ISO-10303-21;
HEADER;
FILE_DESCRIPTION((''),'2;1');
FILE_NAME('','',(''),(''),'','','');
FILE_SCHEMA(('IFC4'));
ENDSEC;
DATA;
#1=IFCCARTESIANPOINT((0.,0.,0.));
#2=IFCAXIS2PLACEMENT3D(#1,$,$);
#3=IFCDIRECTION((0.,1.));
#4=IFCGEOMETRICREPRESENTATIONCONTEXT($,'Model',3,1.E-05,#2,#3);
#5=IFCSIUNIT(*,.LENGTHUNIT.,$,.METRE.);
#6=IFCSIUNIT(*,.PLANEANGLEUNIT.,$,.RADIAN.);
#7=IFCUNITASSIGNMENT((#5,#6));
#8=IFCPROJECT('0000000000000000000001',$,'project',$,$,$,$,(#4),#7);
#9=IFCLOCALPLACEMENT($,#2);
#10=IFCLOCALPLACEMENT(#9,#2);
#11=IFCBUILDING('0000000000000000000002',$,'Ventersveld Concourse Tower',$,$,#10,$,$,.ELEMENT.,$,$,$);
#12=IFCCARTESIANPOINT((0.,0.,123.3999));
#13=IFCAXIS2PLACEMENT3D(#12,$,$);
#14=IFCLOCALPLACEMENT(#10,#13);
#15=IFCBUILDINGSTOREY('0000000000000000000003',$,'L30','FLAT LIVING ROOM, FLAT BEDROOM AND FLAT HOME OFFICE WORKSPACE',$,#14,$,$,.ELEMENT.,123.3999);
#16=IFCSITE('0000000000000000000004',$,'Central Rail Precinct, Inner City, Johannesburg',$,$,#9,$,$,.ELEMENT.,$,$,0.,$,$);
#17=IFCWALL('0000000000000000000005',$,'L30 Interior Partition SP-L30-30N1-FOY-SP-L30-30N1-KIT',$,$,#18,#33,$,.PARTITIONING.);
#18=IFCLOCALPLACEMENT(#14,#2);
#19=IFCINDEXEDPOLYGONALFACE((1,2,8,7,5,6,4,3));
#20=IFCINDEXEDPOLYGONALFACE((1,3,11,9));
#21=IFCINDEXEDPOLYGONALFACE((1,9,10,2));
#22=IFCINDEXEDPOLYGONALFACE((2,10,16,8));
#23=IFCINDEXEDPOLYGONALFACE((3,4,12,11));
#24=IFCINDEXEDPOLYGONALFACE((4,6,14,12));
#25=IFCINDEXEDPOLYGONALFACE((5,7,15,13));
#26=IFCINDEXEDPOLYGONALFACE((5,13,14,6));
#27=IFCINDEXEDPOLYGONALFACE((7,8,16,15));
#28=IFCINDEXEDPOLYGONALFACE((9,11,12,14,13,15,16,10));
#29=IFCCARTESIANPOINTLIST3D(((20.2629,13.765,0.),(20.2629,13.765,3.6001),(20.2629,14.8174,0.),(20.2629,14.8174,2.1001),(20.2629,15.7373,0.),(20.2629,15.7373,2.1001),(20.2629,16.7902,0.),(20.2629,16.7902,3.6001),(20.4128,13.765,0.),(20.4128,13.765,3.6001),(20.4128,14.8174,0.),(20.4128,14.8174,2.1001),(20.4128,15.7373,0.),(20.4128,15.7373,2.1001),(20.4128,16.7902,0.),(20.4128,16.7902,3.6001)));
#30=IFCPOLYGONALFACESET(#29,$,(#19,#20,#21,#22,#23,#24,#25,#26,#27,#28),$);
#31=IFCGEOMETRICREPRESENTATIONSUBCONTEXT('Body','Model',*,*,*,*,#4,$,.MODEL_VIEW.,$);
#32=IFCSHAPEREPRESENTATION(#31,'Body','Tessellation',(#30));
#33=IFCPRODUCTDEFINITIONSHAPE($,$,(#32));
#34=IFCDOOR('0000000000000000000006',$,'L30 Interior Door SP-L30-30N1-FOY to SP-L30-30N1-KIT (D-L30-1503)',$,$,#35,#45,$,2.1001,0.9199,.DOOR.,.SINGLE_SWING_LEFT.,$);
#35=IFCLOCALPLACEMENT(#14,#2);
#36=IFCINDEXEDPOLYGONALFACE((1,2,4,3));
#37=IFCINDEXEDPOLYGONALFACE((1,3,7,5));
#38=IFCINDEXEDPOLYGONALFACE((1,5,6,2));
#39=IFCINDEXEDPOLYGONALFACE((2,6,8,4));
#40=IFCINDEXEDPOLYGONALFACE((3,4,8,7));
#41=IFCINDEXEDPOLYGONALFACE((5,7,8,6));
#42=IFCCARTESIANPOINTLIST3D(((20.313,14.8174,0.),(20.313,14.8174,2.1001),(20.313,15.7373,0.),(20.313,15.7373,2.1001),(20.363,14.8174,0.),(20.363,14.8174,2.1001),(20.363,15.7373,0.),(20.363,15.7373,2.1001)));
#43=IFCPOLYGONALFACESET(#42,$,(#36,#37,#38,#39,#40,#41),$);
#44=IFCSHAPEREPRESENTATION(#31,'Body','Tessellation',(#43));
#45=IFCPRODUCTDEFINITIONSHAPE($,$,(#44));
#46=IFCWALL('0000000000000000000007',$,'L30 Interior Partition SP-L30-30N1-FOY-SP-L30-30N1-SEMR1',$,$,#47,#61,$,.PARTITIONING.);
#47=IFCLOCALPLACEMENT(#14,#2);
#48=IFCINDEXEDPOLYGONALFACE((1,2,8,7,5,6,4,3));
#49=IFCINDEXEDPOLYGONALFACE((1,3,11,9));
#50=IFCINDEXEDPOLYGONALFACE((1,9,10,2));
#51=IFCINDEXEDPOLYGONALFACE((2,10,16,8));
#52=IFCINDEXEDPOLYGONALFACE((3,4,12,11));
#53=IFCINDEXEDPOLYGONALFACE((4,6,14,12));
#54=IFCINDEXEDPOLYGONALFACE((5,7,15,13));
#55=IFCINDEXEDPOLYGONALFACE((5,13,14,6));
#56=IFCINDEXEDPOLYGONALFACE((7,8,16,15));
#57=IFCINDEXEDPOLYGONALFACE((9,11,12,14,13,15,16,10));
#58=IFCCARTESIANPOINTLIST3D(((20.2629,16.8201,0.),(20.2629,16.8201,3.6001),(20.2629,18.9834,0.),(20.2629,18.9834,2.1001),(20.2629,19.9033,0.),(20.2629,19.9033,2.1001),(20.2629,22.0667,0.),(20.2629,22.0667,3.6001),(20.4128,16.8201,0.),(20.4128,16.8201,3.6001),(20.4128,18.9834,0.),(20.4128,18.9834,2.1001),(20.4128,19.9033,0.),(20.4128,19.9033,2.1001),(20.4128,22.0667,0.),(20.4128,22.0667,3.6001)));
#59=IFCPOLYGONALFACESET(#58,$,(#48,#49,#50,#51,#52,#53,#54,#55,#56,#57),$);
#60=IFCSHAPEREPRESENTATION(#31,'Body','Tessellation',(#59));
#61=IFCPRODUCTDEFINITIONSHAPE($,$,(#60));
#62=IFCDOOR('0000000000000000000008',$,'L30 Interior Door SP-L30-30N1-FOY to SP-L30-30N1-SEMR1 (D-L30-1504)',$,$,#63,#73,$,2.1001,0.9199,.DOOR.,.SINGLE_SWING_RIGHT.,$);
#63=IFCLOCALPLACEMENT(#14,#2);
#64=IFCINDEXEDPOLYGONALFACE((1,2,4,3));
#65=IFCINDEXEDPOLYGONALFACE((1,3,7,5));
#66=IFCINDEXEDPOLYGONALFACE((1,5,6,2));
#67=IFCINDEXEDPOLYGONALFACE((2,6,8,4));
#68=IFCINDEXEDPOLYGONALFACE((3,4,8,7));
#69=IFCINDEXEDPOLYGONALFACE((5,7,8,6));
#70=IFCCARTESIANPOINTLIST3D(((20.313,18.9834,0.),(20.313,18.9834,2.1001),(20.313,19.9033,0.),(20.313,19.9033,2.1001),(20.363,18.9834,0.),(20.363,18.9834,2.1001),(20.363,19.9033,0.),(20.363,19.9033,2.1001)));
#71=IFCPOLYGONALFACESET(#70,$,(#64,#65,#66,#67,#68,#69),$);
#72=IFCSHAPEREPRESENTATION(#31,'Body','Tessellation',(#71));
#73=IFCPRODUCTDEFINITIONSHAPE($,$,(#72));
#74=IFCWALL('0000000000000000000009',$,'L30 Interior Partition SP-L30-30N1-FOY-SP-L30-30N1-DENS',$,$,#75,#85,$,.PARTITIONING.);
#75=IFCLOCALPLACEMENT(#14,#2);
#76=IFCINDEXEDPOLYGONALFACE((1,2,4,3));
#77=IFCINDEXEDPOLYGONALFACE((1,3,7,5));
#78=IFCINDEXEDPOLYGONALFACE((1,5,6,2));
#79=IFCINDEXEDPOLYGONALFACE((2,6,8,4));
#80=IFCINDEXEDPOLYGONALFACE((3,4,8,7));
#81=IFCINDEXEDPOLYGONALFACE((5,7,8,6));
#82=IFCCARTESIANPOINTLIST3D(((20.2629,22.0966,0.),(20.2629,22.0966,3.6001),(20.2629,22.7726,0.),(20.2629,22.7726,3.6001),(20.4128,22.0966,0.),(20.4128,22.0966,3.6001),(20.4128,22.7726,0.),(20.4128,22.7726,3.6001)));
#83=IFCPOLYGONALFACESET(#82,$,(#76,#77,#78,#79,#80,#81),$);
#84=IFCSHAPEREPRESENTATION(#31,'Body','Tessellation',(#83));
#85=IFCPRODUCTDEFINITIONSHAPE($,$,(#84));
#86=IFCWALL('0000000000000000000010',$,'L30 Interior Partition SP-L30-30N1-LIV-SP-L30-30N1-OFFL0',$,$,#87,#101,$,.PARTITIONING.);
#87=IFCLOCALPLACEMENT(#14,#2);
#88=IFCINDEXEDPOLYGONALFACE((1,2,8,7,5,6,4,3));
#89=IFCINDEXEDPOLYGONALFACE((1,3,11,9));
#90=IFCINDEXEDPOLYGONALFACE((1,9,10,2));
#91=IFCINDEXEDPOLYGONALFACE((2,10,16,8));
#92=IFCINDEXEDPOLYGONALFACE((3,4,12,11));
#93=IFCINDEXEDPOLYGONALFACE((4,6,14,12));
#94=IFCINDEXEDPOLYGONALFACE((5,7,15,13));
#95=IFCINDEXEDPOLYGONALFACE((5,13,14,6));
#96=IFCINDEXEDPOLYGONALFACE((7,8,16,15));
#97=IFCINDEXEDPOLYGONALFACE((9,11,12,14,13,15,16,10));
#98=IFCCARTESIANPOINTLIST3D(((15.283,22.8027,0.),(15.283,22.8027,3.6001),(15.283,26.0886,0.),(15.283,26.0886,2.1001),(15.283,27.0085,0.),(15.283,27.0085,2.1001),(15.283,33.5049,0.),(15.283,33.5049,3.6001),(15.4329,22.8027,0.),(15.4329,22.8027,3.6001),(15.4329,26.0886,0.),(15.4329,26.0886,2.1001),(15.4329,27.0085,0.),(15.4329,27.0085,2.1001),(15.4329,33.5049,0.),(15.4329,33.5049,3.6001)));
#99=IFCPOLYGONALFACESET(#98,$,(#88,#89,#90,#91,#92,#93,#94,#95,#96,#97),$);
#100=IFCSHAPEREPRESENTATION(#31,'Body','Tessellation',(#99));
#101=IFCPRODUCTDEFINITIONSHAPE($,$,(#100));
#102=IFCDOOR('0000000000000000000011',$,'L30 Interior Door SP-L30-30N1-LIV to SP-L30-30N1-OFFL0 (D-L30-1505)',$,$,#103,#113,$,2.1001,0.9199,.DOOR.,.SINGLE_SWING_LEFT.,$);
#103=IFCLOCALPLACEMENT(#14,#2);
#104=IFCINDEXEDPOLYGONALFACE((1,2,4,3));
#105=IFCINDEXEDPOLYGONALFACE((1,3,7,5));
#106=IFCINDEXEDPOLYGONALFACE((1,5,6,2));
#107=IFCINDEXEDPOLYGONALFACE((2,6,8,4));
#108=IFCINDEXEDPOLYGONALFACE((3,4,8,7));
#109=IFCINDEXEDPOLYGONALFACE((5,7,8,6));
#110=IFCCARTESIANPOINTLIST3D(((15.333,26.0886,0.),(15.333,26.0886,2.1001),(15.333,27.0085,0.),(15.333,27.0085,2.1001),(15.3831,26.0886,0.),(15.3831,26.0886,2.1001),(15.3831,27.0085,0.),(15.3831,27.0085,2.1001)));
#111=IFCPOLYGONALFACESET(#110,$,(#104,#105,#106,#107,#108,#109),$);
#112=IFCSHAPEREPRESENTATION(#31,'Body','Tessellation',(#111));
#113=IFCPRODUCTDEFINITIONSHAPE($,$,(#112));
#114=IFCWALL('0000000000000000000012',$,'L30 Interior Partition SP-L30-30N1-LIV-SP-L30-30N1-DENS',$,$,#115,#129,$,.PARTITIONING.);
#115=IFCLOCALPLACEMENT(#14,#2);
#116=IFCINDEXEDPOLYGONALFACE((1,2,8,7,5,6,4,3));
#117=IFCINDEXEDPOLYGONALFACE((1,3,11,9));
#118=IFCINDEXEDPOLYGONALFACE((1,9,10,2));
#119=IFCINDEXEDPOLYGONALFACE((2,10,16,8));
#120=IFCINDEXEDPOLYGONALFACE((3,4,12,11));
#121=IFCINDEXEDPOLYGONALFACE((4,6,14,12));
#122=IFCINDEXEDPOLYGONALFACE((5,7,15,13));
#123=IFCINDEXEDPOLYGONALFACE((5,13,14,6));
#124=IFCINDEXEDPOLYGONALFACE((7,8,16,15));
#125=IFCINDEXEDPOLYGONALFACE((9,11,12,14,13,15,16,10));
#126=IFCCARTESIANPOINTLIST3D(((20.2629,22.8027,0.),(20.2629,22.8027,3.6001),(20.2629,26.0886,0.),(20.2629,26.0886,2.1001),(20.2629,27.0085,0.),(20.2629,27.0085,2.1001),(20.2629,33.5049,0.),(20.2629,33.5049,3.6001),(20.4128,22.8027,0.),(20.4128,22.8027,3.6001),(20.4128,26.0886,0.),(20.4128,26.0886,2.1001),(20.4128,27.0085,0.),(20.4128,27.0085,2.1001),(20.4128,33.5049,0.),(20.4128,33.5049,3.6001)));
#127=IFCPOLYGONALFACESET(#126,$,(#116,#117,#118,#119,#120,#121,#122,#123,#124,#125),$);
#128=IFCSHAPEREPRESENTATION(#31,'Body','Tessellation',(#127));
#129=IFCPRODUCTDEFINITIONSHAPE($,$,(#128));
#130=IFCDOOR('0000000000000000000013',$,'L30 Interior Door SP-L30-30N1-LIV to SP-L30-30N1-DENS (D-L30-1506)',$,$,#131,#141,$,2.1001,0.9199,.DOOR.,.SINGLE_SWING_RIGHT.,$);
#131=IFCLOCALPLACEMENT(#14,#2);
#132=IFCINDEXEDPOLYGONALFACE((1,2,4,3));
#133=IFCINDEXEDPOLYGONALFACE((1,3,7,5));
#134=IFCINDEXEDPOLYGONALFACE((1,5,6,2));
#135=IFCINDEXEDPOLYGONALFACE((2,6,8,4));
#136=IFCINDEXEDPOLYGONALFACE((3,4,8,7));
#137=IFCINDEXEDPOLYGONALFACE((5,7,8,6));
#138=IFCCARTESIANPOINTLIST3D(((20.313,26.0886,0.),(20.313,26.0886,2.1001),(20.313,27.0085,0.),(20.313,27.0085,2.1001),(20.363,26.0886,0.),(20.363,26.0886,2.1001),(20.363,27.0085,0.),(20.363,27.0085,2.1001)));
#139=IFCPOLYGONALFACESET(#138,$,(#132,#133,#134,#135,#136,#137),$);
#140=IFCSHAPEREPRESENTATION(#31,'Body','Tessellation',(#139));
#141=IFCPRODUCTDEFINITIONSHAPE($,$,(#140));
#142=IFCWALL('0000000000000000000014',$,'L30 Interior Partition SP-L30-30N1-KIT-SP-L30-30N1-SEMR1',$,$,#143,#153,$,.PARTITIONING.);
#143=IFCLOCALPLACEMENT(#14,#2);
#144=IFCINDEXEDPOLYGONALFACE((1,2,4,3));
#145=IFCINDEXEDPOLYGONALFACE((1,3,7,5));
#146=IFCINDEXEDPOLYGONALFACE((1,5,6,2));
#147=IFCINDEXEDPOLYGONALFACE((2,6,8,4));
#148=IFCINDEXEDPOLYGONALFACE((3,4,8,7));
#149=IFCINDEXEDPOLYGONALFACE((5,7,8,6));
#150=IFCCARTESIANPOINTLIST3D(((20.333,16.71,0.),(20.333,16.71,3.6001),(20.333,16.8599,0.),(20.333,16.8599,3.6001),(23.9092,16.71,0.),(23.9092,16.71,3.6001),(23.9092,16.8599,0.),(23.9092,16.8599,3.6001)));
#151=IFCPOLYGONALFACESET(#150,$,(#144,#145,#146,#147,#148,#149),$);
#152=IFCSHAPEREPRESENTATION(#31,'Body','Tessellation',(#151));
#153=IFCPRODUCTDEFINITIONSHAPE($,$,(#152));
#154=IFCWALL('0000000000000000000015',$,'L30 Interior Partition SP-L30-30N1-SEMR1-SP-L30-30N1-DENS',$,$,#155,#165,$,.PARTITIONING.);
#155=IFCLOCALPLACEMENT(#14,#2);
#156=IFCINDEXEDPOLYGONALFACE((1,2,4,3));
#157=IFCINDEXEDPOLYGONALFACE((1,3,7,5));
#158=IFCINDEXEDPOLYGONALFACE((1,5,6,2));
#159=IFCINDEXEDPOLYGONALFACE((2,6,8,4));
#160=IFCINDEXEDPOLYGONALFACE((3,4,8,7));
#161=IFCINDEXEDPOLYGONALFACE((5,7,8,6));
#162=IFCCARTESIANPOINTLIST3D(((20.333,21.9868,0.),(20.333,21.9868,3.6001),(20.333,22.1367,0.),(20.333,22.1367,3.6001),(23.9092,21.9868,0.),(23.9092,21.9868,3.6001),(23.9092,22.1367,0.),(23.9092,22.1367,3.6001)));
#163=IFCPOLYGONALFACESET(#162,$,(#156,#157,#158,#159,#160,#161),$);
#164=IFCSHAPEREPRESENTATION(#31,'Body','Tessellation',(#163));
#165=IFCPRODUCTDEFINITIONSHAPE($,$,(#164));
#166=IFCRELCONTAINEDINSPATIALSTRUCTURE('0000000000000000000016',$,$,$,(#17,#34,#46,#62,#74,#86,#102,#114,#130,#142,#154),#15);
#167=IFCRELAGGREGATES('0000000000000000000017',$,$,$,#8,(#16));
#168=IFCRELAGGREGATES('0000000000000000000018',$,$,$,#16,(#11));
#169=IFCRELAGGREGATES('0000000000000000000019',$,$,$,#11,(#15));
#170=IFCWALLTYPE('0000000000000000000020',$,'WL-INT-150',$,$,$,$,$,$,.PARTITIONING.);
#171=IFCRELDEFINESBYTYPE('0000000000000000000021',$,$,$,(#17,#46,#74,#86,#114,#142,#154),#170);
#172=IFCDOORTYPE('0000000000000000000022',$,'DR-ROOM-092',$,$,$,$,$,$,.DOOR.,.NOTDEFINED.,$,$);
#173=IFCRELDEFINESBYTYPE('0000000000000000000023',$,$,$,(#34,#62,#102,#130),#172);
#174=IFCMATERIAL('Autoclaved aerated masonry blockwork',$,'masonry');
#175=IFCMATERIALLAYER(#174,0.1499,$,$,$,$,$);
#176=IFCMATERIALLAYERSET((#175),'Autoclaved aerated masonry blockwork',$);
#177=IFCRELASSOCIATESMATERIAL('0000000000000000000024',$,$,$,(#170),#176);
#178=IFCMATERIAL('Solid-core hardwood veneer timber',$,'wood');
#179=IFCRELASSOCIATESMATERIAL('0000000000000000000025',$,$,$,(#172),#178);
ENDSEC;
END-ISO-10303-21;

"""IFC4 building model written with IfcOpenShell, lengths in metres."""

from ifc_helpers import new_model, si_unit, direction, frame, frame_2d, origin, place, context, subcontext, project, spatial, rectangle, extrude, material, layer, layer_set, type_object, element, fill, save


model = new_model("IFC4")

# Units and contexts
model_context = context("Model", 3, precision=1e-05, world=origin(), true_north=direction((0.0, 1.0)))
body_context = subcontext(model_context, "Body", "Model", "MODEL_VIEW")
ifc_project = project(units=[si_unit("LENGTHUNIT", "METRE"), si_unit("PLANEANGLEUNIT", "RADIAN")], contexts=[model_context])

# Site, building, storey
site_placement = place(None, origin())
site = spatial("IfcSite", under=ifc_project, at=site_placement, Name="Central Rail Precinct, Inner City, Johannesburg", CompositionType="ELEMENT", RefElevation=0.0)
building_placement = place(site_placement, origin())
building = spatial("IfcBuilding", under=site, at=building_placement, Name="Ventersveld Concourse Tower", CompositionType="ELEMENT")
storey_placement = place(building_placement, frame((0.0, 0.0, 123.3999)))
storey = spatial("IfcBuildingStorey", under=building, at=storey_placement, Name="L30", Description="FLAT LIVING ROOM, FLAT BEDROOM AND FLAT HOME OFFICE WORKSPACE", CompositionType="ELEMENT", Elevation=123.3999)

# Shared definitions
ifc_material_1 = material(Name="Solid-core hardwood veneer timber", Category="wood")

# Walls, openings, doors
ifc_material_2 = material(Name="Autoclaved aerated masonry blockwork", Category="masonry")
ifc_layer_1 = layer(ifc_material_2, 0.1499)
ifc_layer_set_1 = layer_set([ifc_layer_1], Name="Autoclaved aerated masonry blockwork")
wall_type_1 = type_object("IfcWallType", Name="WL-INT-150", PredefinedType="PARTITIONING", material=ifc_layer_set_1)
door_type_1 = type_object("IfcDoorType", Name="DR-ROOM-092", OperationType="NOTDEFINED", PredefinedType="DOOR", material=ifc_material_1)
wall_1_placement = place(storey_placement, frame((20.3379, 13.7649, 0.0), z_axis=(0.0, 0.0, 1.0), x_axis=(0.0, 1.0, 0.0)))
wall_1 = element("IfcWall", 1, at=wall_1_placement, inside=storey, type_object=wall_type_1, Name="L30 Interior Partition SP-L30-30N1-FOY-SP-L30-30N1-KIT", PredefinedType="PARTITIONING", context=body_context, shape_type="SweptSolid", body=[
    extrude(rectangle(XDim=3.0251, YDim=0.1499, at=frame_2d((1.5127, 0.0))), origin(), (0.0, 0.0, 1.0), 3.6001),
])
opening_1_placement = place(wall_1_placement, frame((1.0525, 0.0, 0.0)))
opening_1 = element("IfcOpeningElement", 2, at=opening_1_placement, cuts=wall_1, PredefinedType="OPENING", context=body_context, shape_type="SweptSolid", body=[
    extrude(rectangle(XDim=0.9199, YDim=2.1001, at=frame_2d((0.46, 1.05))), frame((0.0, 0.085, 0.0), z_axis=(0.0, -1.0, 0.0), x_axis=(1.0, 0.0, 0.0)), (0.0, 0.0, 1.0), 0.1699),
])
door_1_placement = place(opening_1_placement, origin())
door_1 = element("IfcDoor", 3, at=door_1_placement, inside=storey, type_object=door_type_1, Name="L30 Interior Door SP-L30-30N1-FOY to SP-L30-30N1-KIT (D-L30-1503)", OperationType="SINGLE_SWING_LEFT", OverallHeight=2.1001, OverallWidth=0.9199, PredefinedType="DOOR", context=body_context, shape_type="SweptSolid", body=[
    extrude(rectangle(XDim=0.9199, YDim=2.1001, at=frame_2d((0.46, 1.05))), frame((0.0, 0.0249, 0.0), z_axis=(0.0, -1.0, 0.0), x_axis=(1.0, 0.0, 0.0)), (0.0, 0.0, 1.0), 0.05),
])
fill(opening_1, door_1)
wall_2_placement = place(storey_placement, frame((20.3379, 16.8201, 0.0), z_axis=(0.0, 0.0, 1.0), x_axis=(0.0, 1.0, 0.0)))
wall_2 = element("IfcWall", 4, at=wall_2_placement, inside=storey, type_object=wall_type_1, Name="L30 Interior Partition SP-L30-30N1-FOY-SP-L30-30N1-SEMR1", PredefinedType="PARTITIONING", context=body_context, shape_type="SweptSolid", body=[
    extrude(rectangle(XDim=5.2466, YDim=0.1499, at=frame_2d((2.6233, 0.0))), origin(), (0.0, 0.0, 1.0), 3.6001),
])
opening_2_placement = place(wall_2_placement, frame((2.1633, 0.0, 0.0)))
opening_2 = element("IfcOpeningElement", 5, at=opening_2_placement, cuts=wall_2, PredefinedType="OPENING", context=body_context, shape_type="SweptSolid", body=[
    extrude(rectangle(XDim=0.9199, YDim=2.1001, at=frame_2d((0.46, 1.05))), frame((0.0, 0.085, 0.0), z_axis=(0.0, -1.0, 0.0), x_axis=(1.0, 0.0, 0.0)), (0.0, 0.0, 1.0), 0.1699),
])
door_2_placement = place(opening_2_placement, origin())
door_2 = element("IfcDoor", 6, at=door_2_placement, inside=storey, type_object=door_type_1, Name="L30 Interior Door SP-L30-30N1-FOY to SP-L30-30N1-SEMR1 (D-L30-1504)", OperationType="SINGLE_SWING_RIGHT", OverallHeight=2.1001, OverallWidth=0.9199, PredefinedType="DOOR", context=body_context, shape_type="SweptSolid", body=[
    extrude(rectangle(XDim=0.9199, YDim=2.1001, at=frame_2d((0.46, 1.05))), frame((0.0, 0.0249, 0.0), z_axis=(0.0, -1.0, 0.0), x_axis=(1.0, 0.0, 0.0)), (0.0, 0.0, 1.0), 0.05),
])
fill(opening_2, door_2)

# Wall
wall_3_placement = place(storey_placement, frame((20.3379, 22.0967, 0.0), z_axis=(0.0, 0.0, 1.0), x_axis=(0.0, 1.0, 0.0)))
element("IfcWall", 7, at=wall_3_placement, inside=storey, type_object=wall_type_1, Name="L30 Interior Partition SP-L30-30N1-FOY-SP-L30-30N1-DENS", PredefinedType="PARTITIONING", context=body_context, shape_type="SweptSolid", body=[
    extrude(rectangle(XDim=0.676, YDim=0.1499, at=frame_2d((0.3379, 0.0))), origin(), (0.0, 0.0, 1.0), 3.6001),
])

# Walls, openings, doors
wall_4_placement = place(storey_placement, frame((15.3579, 22.8027, 0.0), z_axis=(0.0, 0.0, 1.0), x_axis=(0.0, 1.0, 0.0)))
wall_4 = element("IfcWall", 8, at=wall_4_placement, inside=storey, type_object=wall_type_1, Name="L30 Interior Partition SP-L30-30N1-LIV-SP-L30-30N1-OFFL0", PredefinedType="PARTITIONING", context=body_context, shape_type="SweptSolid", body=[
    extrude(rectangle(XDim=10.7021, YDim=0.1499, at=frame_2d((5.3511, 0.0))), origin(), (0.0, 0.0, 1.0), 3.6001),
])
opening_3_placement = place(wall_4_placement, frame((3.2859, 0.0, 0.0)))
opening_3 = element("IfcOpeningElement", 9, at=opening_3_placement, cuts=wall_4, PredefinedType="OPENING", context=body_context, shape_type="SweptSolid", body=[
    extrude(rectangle(XDim=0.9199, YDim=2.1001, at=frame_2d((0.46, 1.05))), frame((0.0, 0.085, 0.0), z_axis=(0.0, -1.0, 0.0), x_axis=(1.0, 0.0, 0.0)), (0.0, 0.0, 1.0), 0.1699),
])
door_3_placement = place(opening_3_placement, origin())
door_3 = element("IfcDoor", 10, at=door_3_placement, inside=storey, type_object=door_type_1, Name="L30 Interior Door SP-L30-30N1-LIV to SP-L30-30N1-OFFL0 (D-L30-1505)", OperationType="SINGLE_SWING_LEFT", OverallHeight=2.1001, OverallWidth=0.9199, PredefinedType="DOOR", context=body_context, shape_type="SweptSolid", body=[
    extrude(rectangle(XDim=0.9199, YDim=2.1001, at=frame_2d((0.46, 1.05))), frame((0.0, 0.0249, 0.0), z_axis=(0.0, -1.0, 0.0), x_axis=(1.0, 0.0, 0.0)), (0.0, 0.0, 1.0), 0.05),
])
fill(opening_3, door_3)
wall_5_placement = place(storey_placement, frame((20.3379, 22.8027, 0.0), z_axis=(0.0, 0.0, 1.0), x_axis=(0.0, 1.0, 0.0)))
wall_5 = element("IfcWall", 11, at=wall_5_placement, inside=storey, type_object=wall_type_1, Name="L30 Interior Partition SP-L30-30N1-LIV-SP-L30-30N1-DENS", PredefinedType="PARTITIONING", context=body_context, shape_type="SweptSolid", body=[
    extrude(rectangle(XDim=10.7021, YDim=0.1499, at=frame_2d((5.3511, 0.0))), origin(), (0.0, 0.0, 1.0), 3.6001),
])
opening_4_placement = place(wall_5_placement, frame((3.2859, 0.0, 0.0)))
opening_4 = element("IfcOpeningElement", 12, at=opening_4_placement, cuts=wall_5, PredefinedType="OPENING", context=body_context, shape_type="SweptSolid", body=[
    extrude(rectangle(XDim=0.9199, YDim=2.1001, at=frame_2d((0.46, 1.05))), frame((0.0, 0.085, 0.0), z_axis=(0.0, -1.0, 0.0), x_axis=(1.0, 0.0, 0.0)), (0.0, 0.0, 1.0), 0.1699),
])
door_4_placement = place(opening_4_placement, origin())
door_4 = element("IfcDoor", 13, at=door_4_placement, inside=storey, type_object=door_type_1, Name="L30 Interior Door SP-L30-30N1-LIV to SP-L30-30N1-DENS (D-L30-1506)", OperationType="SINGLE_SWING_RIGHT", OverallHeight=2.1001, OverallWidth=0.9199, PredefinedType="DOOR", context=body_context, shape_type="SweptSolid", body=[
    extrude(rectangle(XDim=0.9199, YDim=2.1001, at=frame_2d((0.46, 1.05))), frame((0.0, 0.0249, 0.0), z_axis=(0.0, -1.0, 0.0), x_axis=(1.0, 0.0, 0.0)), (0.0, 0.0, 1.0), 0.05),
])
fill(opening_4, door_4)

# Walls
for number, where, z_axis, x_axis, name in (
    (14, (20.333, 16.7849, 0.0), (0.0, 0.0, 1.0), (1.0, 0.0, 0.0), "L30 Interior Partition SP-L30-30N1-KIT-SP-L30-30N1-SEMR1"),
    (15, (20.333, 22.0618, 0.0), (0.0, 0.0, 1.0), (1.0, 0.0, 0.0), "L30 Interior Partition SP-L30-30N1-SEMR1-SP-L30-30N1-DENS"),
):
    element("IfcWall", number, at=place(storey_placement, frame(where, z_axis=z_axis, x_axis=x_axis)), inside=storey, type_object=wall_type_1, Name=name, PredefinedType="PARTITIONING", context=body_context, shape_type="SweptSolid", body=[
        extrude(rectangle(XDim=3.5762, YDim=0.1499, at=frame_2d((1.7881, 0.0))), origin(), (0.0, 0.0, 1.0), 3.6001),
    ])

save(model, "model.ifc")
